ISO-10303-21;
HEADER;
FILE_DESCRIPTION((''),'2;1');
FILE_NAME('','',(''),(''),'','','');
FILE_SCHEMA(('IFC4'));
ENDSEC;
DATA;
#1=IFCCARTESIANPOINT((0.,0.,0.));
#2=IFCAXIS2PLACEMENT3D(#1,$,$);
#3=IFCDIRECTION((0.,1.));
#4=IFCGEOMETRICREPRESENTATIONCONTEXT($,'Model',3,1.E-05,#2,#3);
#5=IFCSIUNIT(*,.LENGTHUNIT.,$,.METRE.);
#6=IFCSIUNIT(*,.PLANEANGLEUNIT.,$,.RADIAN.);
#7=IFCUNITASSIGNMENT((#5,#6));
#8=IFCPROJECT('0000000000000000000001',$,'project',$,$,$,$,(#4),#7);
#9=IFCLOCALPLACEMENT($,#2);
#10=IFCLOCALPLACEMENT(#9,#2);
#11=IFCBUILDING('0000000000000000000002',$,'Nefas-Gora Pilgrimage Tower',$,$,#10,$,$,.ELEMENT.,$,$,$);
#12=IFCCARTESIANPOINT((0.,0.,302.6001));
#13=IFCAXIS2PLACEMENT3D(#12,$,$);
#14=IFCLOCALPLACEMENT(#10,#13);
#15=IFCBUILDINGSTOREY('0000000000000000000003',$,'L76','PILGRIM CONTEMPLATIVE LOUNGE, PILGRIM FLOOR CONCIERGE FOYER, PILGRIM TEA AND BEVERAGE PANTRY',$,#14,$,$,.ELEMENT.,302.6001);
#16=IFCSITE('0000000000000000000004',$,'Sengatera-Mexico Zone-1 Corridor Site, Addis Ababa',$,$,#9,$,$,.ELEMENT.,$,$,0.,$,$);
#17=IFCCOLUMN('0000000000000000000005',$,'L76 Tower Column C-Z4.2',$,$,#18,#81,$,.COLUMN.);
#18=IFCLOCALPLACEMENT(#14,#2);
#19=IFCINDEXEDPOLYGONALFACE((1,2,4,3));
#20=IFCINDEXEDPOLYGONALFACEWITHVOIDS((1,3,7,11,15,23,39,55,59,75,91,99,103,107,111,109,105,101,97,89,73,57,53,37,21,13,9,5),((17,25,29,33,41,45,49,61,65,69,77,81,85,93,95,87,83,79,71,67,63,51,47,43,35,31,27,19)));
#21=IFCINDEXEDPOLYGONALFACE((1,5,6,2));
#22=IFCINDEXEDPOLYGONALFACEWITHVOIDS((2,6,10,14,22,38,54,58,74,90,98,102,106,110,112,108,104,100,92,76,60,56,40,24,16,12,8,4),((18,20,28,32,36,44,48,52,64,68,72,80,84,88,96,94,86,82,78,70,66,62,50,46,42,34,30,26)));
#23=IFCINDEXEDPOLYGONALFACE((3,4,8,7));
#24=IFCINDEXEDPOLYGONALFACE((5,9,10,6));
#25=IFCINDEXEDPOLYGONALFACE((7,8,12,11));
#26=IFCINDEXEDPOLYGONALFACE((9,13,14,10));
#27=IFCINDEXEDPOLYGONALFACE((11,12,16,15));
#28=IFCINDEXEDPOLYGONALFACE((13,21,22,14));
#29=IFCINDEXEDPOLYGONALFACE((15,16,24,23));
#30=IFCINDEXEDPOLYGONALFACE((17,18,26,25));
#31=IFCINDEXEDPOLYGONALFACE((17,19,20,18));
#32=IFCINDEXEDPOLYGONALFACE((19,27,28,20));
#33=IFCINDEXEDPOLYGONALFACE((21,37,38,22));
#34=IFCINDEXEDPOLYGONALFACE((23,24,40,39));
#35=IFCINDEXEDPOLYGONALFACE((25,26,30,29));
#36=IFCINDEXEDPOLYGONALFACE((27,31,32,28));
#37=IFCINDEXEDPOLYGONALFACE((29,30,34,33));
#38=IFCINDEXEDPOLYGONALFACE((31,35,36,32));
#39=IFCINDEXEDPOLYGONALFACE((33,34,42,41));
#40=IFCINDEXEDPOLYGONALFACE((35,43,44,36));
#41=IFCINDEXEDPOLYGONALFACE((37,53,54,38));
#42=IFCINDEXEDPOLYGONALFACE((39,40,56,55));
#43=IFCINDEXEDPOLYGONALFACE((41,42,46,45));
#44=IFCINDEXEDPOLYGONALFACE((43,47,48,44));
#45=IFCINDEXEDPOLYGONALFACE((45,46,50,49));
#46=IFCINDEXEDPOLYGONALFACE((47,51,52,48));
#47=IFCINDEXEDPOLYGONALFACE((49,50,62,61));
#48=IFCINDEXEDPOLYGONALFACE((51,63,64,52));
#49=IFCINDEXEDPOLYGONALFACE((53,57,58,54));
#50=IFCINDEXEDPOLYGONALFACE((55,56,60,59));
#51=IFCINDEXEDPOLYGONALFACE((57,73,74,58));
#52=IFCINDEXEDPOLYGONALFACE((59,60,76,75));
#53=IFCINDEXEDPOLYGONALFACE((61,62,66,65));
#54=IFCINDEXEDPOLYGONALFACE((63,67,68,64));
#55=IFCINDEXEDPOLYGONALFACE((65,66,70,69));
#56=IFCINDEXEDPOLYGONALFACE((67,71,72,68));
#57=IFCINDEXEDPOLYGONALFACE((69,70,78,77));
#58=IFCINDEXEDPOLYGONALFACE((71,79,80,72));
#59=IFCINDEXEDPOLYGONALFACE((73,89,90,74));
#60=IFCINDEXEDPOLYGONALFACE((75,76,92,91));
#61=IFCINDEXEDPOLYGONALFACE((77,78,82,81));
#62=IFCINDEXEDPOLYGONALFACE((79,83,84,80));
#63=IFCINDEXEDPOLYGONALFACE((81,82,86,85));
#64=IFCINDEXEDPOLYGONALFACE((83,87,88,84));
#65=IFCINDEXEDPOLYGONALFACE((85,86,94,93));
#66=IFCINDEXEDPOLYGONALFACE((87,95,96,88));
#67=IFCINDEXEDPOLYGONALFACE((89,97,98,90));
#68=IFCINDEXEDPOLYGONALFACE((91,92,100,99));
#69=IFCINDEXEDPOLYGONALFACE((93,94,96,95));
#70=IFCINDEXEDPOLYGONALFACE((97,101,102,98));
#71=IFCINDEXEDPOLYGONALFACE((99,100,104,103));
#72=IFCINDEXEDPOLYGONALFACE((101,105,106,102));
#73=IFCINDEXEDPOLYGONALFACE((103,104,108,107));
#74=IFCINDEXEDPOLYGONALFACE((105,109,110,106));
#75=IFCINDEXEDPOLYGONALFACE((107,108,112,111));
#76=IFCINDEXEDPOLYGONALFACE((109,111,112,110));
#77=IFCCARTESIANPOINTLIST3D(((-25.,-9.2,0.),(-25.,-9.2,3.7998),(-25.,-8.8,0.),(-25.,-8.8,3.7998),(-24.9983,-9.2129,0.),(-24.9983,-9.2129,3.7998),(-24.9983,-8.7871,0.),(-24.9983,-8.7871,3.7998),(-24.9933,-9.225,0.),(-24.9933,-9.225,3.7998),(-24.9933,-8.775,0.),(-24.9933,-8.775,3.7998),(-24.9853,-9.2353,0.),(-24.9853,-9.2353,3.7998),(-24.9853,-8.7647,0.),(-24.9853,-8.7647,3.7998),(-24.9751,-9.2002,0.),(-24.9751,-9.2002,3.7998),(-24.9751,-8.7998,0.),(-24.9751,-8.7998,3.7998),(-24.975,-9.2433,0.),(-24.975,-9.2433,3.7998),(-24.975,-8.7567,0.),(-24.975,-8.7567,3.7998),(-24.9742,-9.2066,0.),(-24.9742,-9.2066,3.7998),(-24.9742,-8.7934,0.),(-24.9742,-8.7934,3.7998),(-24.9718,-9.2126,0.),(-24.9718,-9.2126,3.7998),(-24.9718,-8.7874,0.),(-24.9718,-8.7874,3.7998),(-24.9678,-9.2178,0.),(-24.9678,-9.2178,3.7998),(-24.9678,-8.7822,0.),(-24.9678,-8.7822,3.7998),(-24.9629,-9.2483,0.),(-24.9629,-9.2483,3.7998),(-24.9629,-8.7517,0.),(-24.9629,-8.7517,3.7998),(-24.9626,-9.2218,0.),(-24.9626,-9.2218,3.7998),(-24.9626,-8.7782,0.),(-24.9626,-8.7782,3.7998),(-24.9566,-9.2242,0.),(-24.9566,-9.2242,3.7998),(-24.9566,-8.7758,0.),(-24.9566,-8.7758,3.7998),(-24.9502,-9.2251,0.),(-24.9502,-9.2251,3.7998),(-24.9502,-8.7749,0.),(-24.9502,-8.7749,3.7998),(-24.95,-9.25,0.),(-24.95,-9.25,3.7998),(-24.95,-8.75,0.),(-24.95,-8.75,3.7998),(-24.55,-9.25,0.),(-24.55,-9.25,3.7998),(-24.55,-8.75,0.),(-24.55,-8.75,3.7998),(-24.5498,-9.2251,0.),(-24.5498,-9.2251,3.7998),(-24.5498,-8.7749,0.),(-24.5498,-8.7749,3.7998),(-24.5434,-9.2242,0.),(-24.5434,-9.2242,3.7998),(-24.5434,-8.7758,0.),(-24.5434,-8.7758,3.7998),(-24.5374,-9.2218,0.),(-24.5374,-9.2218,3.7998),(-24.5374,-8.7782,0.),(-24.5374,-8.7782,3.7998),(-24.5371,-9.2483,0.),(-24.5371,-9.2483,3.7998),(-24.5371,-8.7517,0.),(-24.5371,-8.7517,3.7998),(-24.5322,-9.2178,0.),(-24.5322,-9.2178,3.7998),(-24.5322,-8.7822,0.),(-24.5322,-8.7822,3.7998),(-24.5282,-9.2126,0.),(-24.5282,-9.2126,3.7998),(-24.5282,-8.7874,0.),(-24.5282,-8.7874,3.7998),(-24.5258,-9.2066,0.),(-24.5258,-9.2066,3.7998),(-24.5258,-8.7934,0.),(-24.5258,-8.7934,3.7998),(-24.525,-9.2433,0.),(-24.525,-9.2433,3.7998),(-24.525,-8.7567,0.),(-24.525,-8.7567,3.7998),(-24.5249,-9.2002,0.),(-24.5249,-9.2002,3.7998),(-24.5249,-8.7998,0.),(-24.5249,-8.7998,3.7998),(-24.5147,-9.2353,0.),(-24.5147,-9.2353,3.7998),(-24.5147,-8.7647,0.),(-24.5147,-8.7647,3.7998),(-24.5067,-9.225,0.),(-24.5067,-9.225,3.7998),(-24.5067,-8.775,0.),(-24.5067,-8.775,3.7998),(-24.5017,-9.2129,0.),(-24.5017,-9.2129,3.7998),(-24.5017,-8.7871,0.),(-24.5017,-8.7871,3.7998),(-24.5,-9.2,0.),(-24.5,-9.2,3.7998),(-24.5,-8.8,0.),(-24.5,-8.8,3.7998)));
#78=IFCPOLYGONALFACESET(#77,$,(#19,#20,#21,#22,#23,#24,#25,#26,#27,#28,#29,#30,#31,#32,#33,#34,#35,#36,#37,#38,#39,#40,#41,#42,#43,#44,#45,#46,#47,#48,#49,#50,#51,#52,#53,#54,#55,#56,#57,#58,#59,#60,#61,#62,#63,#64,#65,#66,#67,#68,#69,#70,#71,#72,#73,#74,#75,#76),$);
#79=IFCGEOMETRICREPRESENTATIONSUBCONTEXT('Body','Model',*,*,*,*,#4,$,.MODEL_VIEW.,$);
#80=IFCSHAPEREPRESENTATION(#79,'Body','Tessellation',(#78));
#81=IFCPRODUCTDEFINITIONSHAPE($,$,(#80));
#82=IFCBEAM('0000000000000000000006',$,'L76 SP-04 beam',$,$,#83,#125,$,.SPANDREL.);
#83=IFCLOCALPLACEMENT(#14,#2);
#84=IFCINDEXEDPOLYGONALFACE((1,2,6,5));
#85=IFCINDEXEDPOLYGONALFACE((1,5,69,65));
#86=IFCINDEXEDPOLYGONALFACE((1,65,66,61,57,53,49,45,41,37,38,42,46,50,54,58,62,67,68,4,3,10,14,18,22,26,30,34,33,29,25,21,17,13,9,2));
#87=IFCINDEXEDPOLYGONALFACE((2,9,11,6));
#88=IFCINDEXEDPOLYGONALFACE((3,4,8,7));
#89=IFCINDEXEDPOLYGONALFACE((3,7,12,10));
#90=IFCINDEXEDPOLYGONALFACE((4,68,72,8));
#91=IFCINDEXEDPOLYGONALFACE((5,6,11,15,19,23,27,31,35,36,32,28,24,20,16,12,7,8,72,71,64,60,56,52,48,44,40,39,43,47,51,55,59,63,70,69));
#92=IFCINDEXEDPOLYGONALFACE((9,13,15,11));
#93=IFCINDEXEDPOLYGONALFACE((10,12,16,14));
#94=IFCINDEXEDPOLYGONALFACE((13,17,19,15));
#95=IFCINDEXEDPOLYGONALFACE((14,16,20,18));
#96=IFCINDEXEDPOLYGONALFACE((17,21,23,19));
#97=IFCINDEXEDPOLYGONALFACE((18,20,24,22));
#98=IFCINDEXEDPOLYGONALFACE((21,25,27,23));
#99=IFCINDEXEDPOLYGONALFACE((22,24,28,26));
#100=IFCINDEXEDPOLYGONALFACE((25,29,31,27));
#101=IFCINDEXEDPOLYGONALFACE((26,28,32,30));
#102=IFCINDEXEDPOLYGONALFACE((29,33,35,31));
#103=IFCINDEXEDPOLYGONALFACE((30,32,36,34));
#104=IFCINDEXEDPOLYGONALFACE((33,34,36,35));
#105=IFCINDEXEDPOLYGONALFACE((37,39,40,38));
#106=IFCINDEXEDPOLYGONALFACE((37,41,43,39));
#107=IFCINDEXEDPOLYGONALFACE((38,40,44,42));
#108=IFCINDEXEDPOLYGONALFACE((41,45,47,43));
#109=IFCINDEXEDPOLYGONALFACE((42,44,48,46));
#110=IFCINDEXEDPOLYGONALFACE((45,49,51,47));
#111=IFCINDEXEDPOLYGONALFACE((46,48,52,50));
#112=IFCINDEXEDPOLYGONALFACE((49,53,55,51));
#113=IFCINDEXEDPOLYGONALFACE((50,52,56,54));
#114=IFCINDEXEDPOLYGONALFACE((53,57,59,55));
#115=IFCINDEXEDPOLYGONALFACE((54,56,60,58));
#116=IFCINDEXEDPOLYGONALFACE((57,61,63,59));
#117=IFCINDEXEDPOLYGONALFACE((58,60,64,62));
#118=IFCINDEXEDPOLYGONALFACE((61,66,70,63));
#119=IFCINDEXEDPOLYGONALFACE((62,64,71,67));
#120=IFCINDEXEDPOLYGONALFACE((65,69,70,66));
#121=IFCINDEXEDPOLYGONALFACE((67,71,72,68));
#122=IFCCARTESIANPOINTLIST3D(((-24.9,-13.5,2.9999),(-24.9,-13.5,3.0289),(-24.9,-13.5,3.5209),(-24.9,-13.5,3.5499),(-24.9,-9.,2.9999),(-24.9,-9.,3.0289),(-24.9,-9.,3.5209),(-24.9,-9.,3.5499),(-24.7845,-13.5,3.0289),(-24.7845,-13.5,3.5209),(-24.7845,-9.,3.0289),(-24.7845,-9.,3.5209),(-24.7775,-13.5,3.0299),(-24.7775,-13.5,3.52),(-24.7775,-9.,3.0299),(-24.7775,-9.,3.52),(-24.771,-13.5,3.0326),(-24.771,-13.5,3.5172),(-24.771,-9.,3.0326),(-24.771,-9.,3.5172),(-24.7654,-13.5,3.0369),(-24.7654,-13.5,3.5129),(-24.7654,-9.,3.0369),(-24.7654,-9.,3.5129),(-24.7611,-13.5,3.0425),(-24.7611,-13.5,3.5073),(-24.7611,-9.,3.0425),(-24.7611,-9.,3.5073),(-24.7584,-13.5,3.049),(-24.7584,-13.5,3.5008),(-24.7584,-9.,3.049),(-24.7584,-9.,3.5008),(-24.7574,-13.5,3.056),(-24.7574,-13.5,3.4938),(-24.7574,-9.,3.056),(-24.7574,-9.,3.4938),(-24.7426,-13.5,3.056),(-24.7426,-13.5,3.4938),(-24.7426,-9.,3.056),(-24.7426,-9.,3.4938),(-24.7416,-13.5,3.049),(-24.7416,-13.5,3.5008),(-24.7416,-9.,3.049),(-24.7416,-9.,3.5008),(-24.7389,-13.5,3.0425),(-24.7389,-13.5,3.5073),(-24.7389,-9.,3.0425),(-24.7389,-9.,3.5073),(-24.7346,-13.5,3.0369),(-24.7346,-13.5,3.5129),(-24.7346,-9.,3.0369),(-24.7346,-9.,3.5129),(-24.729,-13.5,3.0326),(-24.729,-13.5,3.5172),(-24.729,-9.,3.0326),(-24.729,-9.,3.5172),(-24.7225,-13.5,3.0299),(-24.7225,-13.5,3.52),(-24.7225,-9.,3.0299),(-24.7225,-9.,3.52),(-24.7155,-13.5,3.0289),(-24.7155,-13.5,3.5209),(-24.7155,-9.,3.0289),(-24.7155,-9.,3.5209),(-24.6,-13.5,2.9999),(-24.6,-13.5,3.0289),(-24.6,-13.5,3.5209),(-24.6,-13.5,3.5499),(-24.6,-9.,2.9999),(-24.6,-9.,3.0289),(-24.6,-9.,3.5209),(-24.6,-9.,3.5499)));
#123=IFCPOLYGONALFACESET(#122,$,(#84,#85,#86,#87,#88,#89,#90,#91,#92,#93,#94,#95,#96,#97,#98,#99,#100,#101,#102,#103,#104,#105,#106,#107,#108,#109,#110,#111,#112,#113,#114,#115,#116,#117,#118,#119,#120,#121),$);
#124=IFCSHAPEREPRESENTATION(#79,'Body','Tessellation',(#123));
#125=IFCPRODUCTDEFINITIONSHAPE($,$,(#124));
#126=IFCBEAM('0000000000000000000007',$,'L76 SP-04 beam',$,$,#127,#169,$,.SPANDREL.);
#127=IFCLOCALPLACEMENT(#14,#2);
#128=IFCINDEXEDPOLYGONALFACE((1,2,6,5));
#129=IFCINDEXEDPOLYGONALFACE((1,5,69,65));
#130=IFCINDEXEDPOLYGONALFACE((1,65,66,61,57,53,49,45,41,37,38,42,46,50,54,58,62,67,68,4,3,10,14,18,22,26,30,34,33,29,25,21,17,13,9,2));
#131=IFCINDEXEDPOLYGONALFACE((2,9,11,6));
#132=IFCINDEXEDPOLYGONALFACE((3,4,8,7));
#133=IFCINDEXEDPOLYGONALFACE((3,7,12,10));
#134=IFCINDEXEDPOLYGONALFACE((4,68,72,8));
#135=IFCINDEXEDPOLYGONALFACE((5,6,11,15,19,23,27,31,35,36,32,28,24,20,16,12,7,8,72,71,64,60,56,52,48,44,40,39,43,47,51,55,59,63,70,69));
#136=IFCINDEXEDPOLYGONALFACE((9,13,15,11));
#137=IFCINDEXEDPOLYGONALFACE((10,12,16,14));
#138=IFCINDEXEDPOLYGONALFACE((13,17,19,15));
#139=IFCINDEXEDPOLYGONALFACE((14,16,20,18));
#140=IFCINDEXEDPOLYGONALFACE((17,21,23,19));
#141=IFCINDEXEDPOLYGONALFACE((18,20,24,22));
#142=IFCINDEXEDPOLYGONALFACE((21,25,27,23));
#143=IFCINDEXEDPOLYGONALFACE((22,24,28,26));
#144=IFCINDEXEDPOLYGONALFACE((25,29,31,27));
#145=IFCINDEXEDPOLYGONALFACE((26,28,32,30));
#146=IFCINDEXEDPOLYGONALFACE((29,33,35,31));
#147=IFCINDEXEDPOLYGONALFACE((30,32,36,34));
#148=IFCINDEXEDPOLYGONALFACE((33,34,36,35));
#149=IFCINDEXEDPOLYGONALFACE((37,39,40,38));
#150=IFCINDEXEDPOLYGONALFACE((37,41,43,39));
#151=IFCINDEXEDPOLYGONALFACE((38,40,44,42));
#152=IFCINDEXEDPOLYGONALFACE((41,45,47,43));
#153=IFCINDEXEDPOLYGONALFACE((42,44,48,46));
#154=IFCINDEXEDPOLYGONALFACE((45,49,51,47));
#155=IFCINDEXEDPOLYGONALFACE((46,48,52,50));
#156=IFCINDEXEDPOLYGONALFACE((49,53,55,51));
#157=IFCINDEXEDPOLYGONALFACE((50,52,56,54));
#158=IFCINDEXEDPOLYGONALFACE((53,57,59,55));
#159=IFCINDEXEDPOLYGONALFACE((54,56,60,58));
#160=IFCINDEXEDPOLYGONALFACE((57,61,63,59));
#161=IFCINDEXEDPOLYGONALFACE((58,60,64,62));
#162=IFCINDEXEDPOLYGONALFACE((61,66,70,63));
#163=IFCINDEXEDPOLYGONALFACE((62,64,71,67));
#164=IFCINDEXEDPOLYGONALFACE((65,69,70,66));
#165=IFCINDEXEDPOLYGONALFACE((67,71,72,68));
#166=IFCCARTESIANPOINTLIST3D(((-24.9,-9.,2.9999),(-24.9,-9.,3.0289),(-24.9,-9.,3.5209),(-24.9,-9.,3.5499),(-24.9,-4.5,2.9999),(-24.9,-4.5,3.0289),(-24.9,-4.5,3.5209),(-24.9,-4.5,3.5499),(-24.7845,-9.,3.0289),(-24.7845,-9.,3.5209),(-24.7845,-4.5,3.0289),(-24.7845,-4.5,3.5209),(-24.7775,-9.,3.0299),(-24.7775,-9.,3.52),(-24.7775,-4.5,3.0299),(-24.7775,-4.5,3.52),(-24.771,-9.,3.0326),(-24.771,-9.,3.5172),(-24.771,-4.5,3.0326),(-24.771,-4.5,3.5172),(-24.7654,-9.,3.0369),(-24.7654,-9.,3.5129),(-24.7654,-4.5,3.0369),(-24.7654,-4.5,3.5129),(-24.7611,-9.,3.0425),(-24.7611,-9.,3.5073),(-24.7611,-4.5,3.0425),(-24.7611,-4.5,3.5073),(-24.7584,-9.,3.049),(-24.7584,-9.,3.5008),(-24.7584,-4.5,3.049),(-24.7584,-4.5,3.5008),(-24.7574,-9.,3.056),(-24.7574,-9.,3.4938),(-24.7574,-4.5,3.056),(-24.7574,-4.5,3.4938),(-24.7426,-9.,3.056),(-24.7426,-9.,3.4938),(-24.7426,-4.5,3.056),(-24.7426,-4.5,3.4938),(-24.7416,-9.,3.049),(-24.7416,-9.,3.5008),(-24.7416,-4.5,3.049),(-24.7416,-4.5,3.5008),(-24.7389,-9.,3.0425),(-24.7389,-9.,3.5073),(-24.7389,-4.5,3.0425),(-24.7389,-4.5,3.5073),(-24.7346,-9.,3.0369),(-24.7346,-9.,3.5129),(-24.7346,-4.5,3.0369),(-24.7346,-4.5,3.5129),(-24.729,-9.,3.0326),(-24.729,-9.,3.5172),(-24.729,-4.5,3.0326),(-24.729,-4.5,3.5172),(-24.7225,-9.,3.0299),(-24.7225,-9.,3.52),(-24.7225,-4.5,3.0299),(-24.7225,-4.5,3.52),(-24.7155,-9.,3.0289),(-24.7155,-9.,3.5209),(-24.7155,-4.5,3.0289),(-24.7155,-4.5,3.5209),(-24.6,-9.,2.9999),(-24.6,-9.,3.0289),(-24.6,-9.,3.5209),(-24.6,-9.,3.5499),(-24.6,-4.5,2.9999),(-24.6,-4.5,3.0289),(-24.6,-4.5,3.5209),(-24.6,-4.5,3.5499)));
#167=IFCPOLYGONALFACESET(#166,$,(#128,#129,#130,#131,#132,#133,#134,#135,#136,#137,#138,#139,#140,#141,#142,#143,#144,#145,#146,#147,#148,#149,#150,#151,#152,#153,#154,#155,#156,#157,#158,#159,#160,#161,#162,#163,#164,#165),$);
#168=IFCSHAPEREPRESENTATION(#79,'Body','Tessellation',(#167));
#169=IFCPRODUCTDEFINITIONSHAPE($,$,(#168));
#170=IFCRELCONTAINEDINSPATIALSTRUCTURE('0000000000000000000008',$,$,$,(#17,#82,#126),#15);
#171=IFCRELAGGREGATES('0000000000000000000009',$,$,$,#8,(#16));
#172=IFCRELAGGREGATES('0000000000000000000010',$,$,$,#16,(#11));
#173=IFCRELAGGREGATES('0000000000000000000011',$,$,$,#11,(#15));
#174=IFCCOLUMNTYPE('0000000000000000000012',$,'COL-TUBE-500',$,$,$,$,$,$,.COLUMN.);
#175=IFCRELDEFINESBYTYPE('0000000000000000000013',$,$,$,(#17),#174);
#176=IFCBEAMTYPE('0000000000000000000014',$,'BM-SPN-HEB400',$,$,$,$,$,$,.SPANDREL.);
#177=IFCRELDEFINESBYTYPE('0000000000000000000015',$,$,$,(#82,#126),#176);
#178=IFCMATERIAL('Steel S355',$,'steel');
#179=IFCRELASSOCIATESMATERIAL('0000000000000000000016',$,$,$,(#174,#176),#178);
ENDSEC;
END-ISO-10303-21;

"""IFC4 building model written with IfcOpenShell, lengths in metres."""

from ifc_helpers import new_model, si_unit, direction, frame, origin, origin_2d, place, context, subcontext, project, spatial, hollow_rectangle, i_section, extrude, source, transform, mapped, material, material_profile, profile_set, type_object, element, save


model = new_model("IFC4")

# Units and contexts
model_context = context("Model", 3, precision=1e-05, world=origin(), true_north=direction((0.0, 1.0)))
body_context = subcontext(model_context, "Body", "Model", "MODEL_VIEW")
ifc_project = project(units=[si_unit("LENGTHUNIT", "METRE"), si_unit("PLANEANGLEUNIT", "RADIAN")], contexts=[model_context])

# Site, building, storey
site_placement = place(None, origin())
site = spatial("IfcSite", under=ifc_project, at=site_placement, Name="Sengatera-Mexico Zone-1 Corridor Site, Addis Ababa", CompositionType="ELEMENT", RefElevation=0.0)
building_placement = place(site_placement, origin())
building = spatial("IfcBuilding", under=site, at=building_placement, Name="Nefas-Gora Pilgrimage Tower", CompositionType="ELEMENT")
storey_placement = place(building_placement, frame((0.0, 0.0, 302.6001)))
storey = spatial("IfcBuildingStorey", under=building, at=storey_placement, Name="L76", Description="PILGRIM CONTEMPLATIVE LOUNGE, PILGRIM FLOOR CONCIERGE FOYER, PILGRIM TEA AND BEVERAGE PANTRY", CompositionType="ELEMENT", Elevation=302.6001)

# Column
ifc_material_1 = material(Name="Steel S355", Category="steel")
ifc_material_profile_1 = material_profile(ifc_material_1, hollow_rectangle(XDim=0.5, YDim=0.5, WallThickness=0.0249, InnerFilletRadius=0.0249, OuterFilletRadius=0.05, at=origin_2d()), Name="SHS 500x500x25")
ifc_profile_set_1 = profile_set([ifc_material_profile_1], Name="Steel S355")
column_type_1 = type_object("IfcColumnType", Name="COL-TUBE-500", PredefinedType="COLUMN", material=ifc_profile_set_1)
shared_shape_1 = source(origin(), body_context, "Body", "SweptSolid", [
    extrude(hollow_rectangle(XDim=0.5, YDim=0.5, WallThickness=0.0249, InnerFilletRadius=0.0249, OuterFilletRadius=0.05, at=origin_2d()), origin(), (0.0, 0.0, 1.0), 3.7998),
])
for number, where, z_axis, x_axis, name in (
    (1, (-24.75, -9.0, 0.0), (0.0, 0.0, 1.0), (1.0, 0.0, 0.0), "L76 Tower Column C-Z4.2"),
):
    element("IfcColumn", number, at=place(storey_placement, frame(where, z_axis=z_axis, x_axis=x_axis)), inside=storey, type_object=column_type_1, Name=name, PredefinedType="COLUMN", context=body_context, shape_type="MappedRepresentation", body=[
        mapped(shared_shape_1, transform((0.0, 0.0, 0.0), x_axis=(1.0, 0.0, 0.0), y_axis=(0.0, 1.0, 0.0), z_axis=(0.0, 0.0, 1.0), scale=1.0)),
    ])

# Beams
ifc_material_profile_2 = material_profile(ifc_material_1, i_section(OverallWidth=0.3, OverallDepth=0.55, WebThickness=0.0149, FlangeThickness=0.0291, FilletRadius=0.0271, at=origin_2d()), Name="HEB 550")
ifc_profile_set_2 = profile_set([ifc_material_profile_2], Name="Steel S355")
beam_type_1 = type_object("IfcBeamType", Name="BM-SPN-HEB400", PredefinedType="SPANDREL", material=ifc_profile_set_2)
shared_shape_2 = source(origin(), body_context, "Body", "SweptSolid", [
    extrude(i_section(OverallWidth=0.3, OverallDepth=0.55, WebThickness=0.0149, FlangeThickness=0.0291, FilletRadius=0.0271, at=origin_2d()), origin(), (0.0, 0.0, 1.0), 4.5),
])
for number, where, z_axis, x_axis, name in (
    (2, (-24.75, -13.5, 3.2749), (0.0, 1.0, 0.0), (-1.0, 0.0, 0.0), "L76 SP-04 beam"),
    (3, (-24.75, -9.0, 3.2749), (0.0, 1.0, 0.0), (-1.0, 0.0, 0.0), "L76 SP-04 beam"),
):
    element("IfcBeam", number, at=place(storey_placement, frame(where, z_axis=z_axis, x_axis=x_axis)), inside=storey, type_object=beam_type_1, Name=name, PredefinedType="SPANDREL", context=body_context, shape_type="MappedRepresentation", body=[
        mapped(shared_shape_2, transform((0.0, 0.0, 0.0), x_axis=(1.0, 0.0, 0.0), y_axis=(0.0, 1.0, 0.0), z_axis=(0.0, 0.0, 1.0), scale=1.0)),
    ])

save(model, "model.ifc")
